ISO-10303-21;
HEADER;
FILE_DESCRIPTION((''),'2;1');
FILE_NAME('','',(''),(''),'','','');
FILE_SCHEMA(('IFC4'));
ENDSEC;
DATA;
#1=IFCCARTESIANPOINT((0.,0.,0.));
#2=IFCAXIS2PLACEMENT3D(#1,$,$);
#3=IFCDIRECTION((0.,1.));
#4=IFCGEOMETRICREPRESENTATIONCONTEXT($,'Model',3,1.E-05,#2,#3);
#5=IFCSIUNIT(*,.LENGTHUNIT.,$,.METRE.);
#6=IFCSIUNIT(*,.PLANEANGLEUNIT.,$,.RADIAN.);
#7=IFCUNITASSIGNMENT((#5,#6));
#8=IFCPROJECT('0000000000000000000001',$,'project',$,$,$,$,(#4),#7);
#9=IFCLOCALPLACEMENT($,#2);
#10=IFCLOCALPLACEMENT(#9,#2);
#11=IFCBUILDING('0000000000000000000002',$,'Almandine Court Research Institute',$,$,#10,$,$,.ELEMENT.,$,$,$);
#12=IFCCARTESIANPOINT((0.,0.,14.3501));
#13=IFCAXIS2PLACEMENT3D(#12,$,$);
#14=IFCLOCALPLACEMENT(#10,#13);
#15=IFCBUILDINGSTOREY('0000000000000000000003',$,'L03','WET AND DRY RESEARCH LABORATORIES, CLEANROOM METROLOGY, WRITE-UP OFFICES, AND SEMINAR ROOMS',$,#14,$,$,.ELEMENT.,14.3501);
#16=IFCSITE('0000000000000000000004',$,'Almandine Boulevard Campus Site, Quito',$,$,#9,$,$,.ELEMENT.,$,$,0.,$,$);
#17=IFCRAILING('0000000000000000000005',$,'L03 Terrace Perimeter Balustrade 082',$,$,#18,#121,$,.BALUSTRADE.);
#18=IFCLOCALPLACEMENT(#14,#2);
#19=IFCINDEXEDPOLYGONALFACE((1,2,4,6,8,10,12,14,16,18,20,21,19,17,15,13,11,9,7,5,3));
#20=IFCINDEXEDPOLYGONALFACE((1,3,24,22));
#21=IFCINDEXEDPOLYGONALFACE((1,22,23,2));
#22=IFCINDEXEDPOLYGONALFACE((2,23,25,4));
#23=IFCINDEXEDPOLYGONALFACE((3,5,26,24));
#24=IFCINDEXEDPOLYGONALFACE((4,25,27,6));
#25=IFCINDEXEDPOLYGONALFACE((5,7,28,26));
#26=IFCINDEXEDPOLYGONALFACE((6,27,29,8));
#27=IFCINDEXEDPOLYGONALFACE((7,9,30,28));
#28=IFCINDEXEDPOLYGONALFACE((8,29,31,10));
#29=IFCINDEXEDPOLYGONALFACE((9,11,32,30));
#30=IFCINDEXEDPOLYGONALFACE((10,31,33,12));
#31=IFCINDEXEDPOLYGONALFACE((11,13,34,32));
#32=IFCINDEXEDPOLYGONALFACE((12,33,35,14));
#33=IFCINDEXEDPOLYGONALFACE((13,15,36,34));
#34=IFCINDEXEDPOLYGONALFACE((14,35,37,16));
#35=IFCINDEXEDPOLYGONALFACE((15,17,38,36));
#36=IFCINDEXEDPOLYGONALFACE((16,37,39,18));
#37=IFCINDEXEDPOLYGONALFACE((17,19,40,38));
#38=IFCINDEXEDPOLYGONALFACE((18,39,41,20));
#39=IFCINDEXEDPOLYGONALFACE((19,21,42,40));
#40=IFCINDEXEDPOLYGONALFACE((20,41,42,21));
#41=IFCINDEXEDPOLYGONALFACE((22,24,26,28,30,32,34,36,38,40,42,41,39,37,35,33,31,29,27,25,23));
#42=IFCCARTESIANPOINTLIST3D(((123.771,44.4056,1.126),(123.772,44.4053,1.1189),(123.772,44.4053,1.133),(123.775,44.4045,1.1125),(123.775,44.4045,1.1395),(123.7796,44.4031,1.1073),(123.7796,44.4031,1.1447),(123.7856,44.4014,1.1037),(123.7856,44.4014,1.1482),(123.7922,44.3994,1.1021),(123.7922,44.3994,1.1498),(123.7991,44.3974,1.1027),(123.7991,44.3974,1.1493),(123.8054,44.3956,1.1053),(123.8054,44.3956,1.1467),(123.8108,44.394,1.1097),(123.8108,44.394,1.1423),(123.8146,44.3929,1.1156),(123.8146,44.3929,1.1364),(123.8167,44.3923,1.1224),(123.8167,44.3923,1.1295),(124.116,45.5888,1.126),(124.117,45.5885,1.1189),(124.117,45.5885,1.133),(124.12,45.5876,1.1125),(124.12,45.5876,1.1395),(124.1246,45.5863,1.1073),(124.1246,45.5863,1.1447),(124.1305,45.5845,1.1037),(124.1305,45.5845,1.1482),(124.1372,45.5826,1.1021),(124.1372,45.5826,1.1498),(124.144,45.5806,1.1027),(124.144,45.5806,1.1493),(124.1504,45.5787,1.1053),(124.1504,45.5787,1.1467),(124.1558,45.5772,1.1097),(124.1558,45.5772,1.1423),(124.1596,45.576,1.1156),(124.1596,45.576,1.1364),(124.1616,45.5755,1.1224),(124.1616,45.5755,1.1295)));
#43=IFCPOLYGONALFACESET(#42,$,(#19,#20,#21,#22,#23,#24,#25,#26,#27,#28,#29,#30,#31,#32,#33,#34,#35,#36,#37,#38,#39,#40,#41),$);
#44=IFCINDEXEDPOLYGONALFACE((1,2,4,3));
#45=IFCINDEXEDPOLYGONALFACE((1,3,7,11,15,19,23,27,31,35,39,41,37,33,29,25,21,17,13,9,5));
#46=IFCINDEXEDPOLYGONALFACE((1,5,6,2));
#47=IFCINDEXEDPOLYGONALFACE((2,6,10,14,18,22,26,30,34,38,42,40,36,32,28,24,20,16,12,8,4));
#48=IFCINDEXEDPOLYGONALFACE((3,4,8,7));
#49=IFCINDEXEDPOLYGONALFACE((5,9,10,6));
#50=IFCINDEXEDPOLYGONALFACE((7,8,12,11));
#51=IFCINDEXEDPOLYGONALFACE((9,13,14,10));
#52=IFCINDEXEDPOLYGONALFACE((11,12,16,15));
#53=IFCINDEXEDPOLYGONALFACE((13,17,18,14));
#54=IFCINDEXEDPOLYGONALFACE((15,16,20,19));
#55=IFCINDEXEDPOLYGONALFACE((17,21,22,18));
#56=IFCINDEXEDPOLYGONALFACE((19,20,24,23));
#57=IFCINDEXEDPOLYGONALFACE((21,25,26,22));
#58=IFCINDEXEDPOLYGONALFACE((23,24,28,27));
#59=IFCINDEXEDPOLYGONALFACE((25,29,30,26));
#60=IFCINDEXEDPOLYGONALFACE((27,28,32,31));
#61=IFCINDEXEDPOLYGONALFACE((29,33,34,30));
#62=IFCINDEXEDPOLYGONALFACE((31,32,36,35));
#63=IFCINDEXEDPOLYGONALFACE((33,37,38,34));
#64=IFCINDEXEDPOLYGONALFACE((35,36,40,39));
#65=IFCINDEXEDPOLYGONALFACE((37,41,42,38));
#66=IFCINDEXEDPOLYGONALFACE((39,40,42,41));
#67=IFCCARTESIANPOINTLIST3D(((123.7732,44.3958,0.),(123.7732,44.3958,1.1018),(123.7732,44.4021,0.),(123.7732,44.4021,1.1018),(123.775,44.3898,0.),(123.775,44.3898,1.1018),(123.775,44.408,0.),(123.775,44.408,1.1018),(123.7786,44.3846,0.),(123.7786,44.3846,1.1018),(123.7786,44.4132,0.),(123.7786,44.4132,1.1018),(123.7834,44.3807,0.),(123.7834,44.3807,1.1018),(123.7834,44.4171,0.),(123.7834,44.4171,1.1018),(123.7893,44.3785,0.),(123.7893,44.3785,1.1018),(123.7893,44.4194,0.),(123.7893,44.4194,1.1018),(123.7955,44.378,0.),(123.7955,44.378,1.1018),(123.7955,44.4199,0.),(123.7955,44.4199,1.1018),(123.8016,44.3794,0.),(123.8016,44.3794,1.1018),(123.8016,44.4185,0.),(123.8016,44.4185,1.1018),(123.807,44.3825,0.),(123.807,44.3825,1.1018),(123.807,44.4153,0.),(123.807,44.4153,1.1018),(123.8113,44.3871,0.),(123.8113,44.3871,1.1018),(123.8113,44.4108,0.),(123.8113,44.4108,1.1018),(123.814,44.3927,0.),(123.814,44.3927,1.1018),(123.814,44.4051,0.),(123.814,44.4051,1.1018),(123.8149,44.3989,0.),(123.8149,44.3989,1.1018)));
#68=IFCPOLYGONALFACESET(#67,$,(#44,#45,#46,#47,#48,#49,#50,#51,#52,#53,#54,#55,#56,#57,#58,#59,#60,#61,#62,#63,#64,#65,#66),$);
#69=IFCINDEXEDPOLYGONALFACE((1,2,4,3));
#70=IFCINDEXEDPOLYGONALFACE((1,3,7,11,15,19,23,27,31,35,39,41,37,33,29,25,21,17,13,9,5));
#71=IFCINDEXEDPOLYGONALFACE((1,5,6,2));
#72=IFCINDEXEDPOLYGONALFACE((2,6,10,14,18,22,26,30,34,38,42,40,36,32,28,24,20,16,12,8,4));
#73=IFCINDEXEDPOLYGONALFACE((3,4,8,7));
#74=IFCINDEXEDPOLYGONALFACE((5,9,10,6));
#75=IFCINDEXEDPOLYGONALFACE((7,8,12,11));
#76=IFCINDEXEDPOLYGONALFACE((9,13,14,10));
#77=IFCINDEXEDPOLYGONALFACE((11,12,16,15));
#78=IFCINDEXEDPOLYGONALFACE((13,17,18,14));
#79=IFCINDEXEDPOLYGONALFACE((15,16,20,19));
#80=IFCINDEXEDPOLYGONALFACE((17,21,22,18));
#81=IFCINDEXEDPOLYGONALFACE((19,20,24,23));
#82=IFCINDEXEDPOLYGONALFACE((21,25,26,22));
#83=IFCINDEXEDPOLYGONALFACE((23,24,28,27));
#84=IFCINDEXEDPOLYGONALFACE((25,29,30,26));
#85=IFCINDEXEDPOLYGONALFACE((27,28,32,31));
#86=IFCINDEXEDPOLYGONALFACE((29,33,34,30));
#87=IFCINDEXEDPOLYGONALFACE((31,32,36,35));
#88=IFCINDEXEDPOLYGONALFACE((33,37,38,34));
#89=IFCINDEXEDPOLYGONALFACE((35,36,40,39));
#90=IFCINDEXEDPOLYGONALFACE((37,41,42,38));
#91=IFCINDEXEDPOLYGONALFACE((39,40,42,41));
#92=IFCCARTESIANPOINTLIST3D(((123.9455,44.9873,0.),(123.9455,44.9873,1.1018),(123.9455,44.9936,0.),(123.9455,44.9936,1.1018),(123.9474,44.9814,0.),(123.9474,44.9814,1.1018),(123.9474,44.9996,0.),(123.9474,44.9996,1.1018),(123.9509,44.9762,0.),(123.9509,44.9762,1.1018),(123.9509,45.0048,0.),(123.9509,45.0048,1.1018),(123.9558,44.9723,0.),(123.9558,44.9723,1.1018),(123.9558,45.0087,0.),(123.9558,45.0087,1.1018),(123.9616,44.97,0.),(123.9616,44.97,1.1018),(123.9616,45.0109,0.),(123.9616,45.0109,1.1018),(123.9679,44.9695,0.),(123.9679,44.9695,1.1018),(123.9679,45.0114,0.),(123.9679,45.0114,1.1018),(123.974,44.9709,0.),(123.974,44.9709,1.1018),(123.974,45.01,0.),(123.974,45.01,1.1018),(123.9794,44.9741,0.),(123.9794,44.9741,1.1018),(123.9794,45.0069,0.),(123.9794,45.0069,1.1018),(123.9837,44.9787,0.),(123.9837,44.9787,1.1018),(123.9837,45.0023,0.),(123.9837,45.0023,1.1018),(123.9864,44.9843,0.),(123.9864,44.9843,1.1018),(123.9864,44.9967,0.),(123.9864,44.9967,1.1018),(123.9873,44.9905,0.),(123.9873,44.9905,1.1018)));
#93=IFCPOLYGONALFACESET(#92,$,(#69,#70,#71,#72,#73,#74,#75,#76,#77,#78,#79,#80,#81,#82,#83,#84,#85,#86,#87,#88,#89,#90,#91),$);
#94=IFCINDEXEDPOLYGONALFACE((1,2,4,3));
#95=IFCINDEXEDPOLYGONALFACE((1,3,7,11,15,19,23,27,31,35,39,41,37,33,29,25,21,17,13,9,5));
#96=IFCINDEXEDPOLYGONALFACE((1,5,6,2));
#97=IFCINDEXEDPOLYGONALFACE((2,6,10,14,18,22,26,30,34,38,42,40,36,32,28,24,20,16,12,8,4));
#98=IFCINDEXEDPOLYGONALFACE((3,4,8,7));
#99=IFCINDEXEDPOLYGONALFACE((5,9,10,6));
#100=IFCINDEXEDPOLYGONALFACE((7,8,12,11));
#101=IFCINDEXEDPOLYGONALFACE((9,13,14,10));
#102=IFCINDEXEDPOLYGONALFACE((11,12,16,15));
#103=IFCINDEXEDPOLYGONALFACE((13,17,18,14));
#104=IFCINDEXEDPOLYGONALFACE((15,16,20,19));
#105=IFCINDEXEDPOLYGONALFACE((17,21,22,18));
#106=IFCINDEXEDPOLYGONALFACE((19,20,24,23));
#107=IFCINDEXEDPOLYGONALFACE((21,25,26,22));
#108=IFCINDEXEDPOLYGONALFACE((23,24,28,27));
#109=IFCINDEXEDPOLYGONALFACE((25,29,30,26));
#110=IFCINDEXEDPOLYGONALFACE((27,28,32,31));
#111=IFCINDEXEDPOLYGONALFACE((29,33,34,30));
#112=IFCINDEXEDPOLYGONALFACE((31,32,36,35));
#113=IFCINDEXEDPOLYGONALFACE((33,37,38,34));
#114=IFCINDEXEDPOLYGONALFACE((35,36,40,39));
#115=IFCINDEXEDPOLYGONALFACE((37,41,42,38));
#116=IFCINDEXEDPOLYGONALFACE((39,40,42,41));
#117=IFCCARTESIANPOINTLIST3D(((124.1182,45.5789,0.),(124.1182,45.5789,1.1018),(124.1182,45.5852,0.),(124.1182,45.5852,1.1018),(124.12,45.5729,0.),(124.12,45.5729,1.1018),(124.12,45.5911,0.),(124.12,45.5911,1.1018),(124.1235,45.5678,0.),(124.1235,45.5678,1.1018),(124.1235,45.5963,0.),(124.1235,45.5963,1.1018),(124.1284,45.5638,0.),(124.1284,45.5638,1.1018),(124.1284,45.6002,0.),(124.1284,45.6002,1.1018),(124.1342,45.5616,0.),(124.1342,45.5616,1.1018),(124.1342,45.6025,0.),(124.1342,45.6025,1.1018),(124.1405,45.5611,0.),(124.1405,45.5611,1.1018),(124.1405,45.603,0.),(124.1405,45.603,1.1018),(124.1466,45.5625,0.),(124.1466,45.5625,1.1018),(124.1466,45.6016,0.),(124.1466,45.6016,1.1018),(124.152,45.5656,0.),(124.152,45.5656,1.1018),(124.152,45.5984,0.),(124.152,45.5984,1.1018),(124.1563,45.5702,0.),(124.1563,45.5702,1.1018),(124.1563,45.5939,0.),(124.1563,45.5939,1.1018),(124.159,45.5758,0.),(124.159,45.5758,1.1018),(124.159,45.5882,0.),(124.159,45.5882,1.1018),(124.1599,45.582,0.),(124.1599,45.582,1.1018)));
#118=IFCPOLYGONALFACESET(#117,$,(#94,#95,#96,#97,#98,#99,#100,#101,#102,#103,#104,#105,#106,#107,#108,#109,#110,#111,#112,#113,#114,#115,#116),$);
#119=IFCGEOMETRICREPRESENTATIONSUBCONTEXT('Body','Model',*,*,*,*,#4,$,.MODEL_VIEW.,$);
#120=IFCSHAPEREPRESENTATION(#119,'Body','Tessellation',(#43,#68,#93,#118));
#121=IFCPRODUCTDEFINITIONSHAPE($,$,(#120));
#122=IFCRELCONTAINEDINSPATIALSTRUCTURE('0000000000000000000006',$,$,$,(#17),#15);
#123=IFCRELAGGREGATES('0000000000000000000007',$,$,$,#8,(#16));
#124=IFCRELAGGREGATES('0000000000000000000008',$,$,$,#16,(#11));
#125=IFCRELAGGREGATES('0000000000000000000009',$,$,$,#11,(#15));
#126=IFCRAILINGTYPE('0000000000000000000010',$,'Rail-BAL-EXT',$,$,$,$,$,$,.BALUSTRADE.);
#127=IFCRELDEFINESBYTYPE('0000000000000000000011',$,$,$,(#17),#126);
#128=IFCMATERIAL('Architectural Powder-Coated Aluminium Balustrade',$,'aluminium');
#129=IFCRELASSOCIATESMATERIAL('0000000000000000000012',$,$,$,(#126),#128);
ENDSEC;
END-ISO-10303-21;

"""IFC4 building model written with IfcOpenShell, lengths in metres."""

from ifc_helpers import new_model, si_unit, direction, frame, origin, origin_2d, place, context, subcontext, project, spatial, circle, extrude, material, type_object, element, save


model = new_model("IFC4")

# Units and contexts
model_context = context("Model", 3, precision=1e-05, world=origin(), true_north=direction((0.0, 1.0)))
body_context = subcontext(model_context, "Body", "Model", "MODEL_VIEW")
ifc_project = project(units=[si_unit("LENGTHUNIT", "METRE"), si_unit("PLANEANGLEUNIT", "RADIAN")], contexts=[model_context])

# Site, building, storey
site_placement = place(None, origin())
site = spatial("IfcSite", under=ifc_project, at=site_placement, Name="Almandine Boulevard Campus Site, Quito", CompositionType="ELEMENT", RefElevation=0.0)
building_placement = place(site_placement, origin())
building = spatial("IfcBuilding", under=site, at=building_placement, Name="Almandine Court Research Institute", CompositionType="ELEMENT")
storey_placement = place(building_placement, frame((0.0, 0.0, 14.3501)))
storey = spatial("IfcBuildingStorey", under=building, at=storey_placement, Name="L03", Description="WET AND DRY RESEARCH LABORATORIES, CLEANROOM METROLOGY, WRITE-UP OFFICES, AND SEMINAR ROOMS", CompositionType="ELEMENT", Elevation=14.3501)

# Railing
ifc_material_1 = material(Name="Architectural Powder-Coated Aluminium Balustrade", Category="aluminium")
railing_type = type_object("IfcRailingType", Name="Rail-BAL-EXT", PredefinedType="BALUSTRADE", material=ifc_material_1)
railing_1_placement = place(storey_placement, frame((123.7939, 44.3989, 0.0)))
element("IfcRailing", 1, at=railing_1_placement, inside=storey, type_object=railing_type, Name="L03 Terrace Perimeter Balustrade 082", PredefinedType="BALUSTRADE", context=body_context, shape_type="SweptSolid", body=[
    extrude(circle(Radius=0.0239, at=origin_2d()), frame((0.0, 0.0, 1.126), z_axis=(0.279924, 0.960022, 0.0), x_axis=(-0.960022, 0.279924, 0.0)), (0.0, 0.0, 1.0), 1.2324),
    extrude(circle(Radius=0.021, at=origin_2d()), origin(), (0.0, 0.0, 1.0), 1.1018),
    extrude(circle(Radius=0.021, at=origin_2d()), frame((0.1724, 0.5916, 0.0)), (0.0, 0.0, 1.0), 1.1018),
    extrude(circle(Radius=0.021, at=origin_2d()), frame((0.345, 1.1831, 0.0)), (0.0, 0.0, 1.0), 1.1018),
])

save(model, "model.ifc")
